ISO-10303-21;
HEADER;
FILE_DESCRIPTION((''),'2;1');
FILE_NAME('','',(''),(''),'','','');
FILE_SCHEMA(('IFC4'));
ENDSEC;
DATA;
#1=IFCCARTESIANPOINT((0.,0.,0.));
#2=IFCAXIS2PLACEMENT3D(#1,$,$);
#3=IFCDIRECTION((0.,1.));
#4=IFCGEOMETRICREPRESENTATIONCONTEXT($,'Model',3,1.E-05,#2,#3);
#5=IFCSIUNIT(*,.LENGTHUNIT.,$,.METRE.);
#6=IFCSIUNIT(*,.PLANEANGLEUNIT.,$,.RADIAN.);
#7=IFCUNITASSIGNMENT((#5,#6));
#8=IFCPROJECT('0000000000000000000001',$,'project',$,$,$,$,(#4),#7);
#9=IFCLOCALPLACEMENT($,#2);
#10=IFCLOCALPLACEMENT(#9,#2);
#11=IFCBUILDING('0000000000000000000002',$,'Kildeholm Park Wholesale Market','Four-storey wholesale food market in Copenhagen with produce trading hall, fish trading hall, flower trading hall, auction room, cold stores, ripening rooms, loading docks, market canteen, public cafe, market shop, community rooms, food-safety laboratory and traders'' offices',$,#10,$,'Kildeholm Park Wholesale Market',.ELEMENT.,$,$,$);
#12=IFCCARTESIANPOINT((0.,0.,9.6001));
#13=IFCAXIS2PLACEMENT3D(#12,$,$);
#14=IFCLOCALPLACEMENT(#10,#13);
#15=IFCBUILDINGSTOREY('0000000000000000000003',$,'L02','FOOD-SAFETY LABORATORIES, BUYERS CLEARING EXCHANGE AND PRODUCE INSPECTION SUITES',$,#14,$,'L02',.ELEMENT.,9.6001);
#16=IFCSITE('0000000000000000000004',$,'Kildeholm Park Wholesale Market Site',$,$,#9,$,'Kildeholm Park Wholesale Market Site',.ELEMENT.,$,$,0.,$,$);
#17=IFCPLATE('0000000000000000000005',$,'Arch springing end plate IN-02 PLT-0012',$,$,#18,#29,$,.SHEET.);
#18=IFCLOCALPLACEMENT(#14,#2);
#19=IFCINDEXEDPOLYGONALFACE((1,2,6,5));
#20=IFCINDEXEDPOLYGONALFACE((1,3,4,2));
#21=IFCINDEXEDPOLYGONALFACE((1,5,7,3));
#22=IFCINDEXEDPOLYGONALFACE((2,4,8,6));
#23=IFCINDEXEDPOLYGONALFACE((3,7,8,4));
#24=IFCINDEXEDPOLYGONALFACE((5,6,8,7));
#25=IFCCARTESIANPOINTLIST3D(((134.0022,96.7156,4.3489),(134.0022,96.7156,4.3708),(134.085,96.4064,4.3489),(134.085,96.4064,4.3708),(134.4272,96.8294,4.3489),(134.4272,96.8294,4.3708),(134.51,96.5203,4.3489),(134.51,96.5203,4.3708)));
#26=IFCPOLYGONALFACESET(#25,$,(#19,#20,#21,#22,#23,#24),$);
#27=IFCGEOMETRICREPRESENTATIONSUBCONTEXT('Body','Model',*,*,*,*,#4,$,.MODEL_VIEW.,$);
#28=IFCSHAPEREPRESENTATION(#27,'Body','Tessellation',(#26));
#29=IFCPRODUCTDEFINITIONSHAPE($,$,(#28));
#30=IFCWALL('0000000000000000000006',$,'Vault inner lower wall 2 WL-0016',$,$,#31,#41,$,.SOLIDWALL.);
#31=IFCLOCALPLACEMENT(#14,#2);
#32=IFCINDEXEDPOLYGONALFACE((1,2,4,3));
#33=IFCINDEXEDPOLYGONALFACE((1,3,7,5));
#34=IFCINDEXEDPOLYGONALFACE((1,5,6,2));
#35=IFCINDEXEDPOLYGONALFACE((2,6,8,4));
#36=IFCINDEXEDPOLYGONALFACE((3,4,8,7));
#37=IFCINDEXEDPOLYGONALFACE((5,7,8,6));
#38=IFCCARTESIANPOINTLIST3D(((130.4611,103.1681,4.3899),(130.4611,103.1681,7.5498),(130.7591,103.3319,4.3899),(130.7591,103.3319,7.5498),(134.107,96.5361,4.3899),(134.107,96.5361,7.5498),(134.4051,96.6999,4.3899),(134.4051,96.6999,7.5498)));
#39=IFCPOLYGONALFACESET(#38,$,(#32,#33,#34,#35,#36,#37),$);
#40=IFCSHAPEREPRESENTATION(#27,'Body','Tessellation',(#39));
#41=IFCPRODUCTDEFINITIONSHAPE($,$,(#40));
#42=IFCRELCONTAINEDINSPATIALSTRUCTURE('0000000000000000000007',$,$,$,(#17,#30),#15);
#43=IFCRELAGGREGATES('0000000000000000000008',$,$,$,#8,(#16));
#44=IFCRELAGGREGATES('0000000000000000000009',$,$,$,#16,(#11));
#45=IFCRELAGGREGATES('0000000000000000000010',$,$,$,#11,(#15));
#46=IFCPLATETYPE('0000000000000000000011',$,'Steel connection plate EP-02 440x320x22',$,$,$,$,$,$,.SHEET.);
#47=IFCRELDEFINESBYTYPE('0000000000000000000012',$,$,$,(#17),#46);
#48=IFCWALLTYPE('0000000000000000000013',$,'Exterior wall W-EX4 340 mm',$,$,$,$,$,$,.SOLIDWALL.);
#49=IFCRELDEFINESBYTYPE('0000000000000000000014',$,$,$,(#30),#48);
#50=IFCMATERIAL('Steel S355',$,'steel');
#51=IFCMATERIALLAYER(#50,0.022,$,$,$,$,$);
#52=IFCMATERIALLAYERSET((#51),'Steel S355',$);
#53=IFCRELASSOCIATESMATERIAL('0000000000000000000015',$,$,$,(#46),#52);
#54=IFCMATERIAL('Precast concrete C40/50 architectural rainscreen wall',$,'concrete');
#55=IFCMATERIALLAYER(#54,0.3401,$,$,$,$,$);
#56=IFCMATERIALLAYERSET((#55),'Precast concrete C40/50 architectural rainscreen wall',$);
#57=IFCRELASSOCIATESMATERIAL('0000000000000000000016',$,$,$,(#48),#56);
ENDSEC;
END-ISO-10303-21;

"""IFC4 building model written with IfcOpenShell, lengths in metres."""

from ifc_helpers import new_model, si_unit, direction, frame, frame_2d, origin, origin_2d, place, context, subcontext, project, spatial, rectangle, extrude, material, layer, layer_set, type_object, element, save


model = new_model("IFC4")

# Units and contexts
model_context = context("Model", 3, precision=1e-05, world=origin(), true_north=direction((0.0, 1.0)))
body_context = subcontext(model_context, "Body", "Model", "MODEL_VIEW")
ifc_project = project(units=[si_unit("LENGTHUNIT", "METRE"), si_unit("PLANEANGLEUNIT", "RADIAN")], contexts=[model_context])

# Site, building, storey
site_placement = place(None, origin())
site = spatial("IfcSite", under=ifc_project, at=site_placement, Name="Kildeholm Park Wholesale Market Site", LongName="Kildeholm Park Wholesale Market Site", CompositionType="ELEMENT", RefElevation=0.0)
building_placement = place(site_placement, origin())
building = spatial("IfcBuilding", under=site, at=building_placement, Name="Kildeholm Park Wholesale Market", Description="Four-storey wholesale food market in Copenhagen with produce trading hall, fish trading hall, flower trading hall, auction room, cold stores, ripening rooms, loading docks, market canteen, public cafe, market shop, community rooms, food-safety laboratory and traders' offices", LongName="Kildeholm Park Wholesale Market", CompositionType="ELEMENT")
storey_placement = place(building_placement, frame((0.0, 0.0, 9.6001)))
storey = spatial("IfcBuildingStorey", under=building, at=storey_placement, Name="L02", Description="FOOD-SAFETY LABORATORIES, BUYERS CLEARING EXCHANGE AND PRODUCE INSPECTION SUITES", LongName="L02", CompositionType="ELEMENT", Elevation=9.6001)

# Shared definitions
ifc_material_1 = material(Name="Steel S355", Category="steel")

# Plate
ifc_layer_1 = layer(ifc_material_1, 0.022)
ifc_layer_set_1 = layer_set([ifc_layer_1], Name="Steel S355")
plate_type_1 = type_object("IfcPlateType", Name="Steel connection plate EP-02 440x320x22", PredefinedType="SHEET", material=ifc_layer_set_1)
plate_1_placement = place(storey_placement, frame((134.2561, 96.6179, 4.3489), z_axis=(0.0, 0.0, 1.0), x_axis=(0.965926, 0.258819, 0.0)))
element("IfcPlate", 1, at=plate_1_placement, inside=storey, type_object=plate_type_1, Name="Arch springing end plate IN-02 PLT-0012", PredefinedType="SHEET", context=body_context, shape_type="SweptSolid", body=[
    extrude(rectangle(XDim=0.4399, YDim=0.3201, at=origin_2d()), origin(), (0.0, 0.0, 1.0), 0.022),
])

# Wall
ifc_material_2 = material(Name="Precast concrete C40/50 architectural rainscreen wall", Category="concrete")
ifc_layer_2 = layer(ifc_material_2, 0.3401)
ifc_layer_set_2 = layer_set([ifc_layer_2], Name="Precast concrete C40/50 architectural rainscreen wall")
wall_type = type_object("IfcWallType", Name="Exterior wall W-EX4 340 mm", PredefinedType="SOLIDWALL", material=ifc_layer_set_2)
wall_placement = place(storey_placement, frame((134.2561, 96.6179, 4.3899), z_axis=(0.0, 0.0, 1.0), x_axis=(-0.481752, 0.876308, 0.0)))
element("IfcWall", 2, at=wall_placement, inside=storey, type_object=wall_type, Name="Vault inner lower wall 2 WL-0016", PredefinedType="SOLIDWALL", context=body_context, shape_type="SweptSolid", body=[
    extrude(rectangle(XDim=7.5681, YDim=0.3401, at=frame_2d((3.7842, 0.0))), origin(), (0.0, 0.0, 1.0), 3.1599),
])

save(model, "model.ifc")
